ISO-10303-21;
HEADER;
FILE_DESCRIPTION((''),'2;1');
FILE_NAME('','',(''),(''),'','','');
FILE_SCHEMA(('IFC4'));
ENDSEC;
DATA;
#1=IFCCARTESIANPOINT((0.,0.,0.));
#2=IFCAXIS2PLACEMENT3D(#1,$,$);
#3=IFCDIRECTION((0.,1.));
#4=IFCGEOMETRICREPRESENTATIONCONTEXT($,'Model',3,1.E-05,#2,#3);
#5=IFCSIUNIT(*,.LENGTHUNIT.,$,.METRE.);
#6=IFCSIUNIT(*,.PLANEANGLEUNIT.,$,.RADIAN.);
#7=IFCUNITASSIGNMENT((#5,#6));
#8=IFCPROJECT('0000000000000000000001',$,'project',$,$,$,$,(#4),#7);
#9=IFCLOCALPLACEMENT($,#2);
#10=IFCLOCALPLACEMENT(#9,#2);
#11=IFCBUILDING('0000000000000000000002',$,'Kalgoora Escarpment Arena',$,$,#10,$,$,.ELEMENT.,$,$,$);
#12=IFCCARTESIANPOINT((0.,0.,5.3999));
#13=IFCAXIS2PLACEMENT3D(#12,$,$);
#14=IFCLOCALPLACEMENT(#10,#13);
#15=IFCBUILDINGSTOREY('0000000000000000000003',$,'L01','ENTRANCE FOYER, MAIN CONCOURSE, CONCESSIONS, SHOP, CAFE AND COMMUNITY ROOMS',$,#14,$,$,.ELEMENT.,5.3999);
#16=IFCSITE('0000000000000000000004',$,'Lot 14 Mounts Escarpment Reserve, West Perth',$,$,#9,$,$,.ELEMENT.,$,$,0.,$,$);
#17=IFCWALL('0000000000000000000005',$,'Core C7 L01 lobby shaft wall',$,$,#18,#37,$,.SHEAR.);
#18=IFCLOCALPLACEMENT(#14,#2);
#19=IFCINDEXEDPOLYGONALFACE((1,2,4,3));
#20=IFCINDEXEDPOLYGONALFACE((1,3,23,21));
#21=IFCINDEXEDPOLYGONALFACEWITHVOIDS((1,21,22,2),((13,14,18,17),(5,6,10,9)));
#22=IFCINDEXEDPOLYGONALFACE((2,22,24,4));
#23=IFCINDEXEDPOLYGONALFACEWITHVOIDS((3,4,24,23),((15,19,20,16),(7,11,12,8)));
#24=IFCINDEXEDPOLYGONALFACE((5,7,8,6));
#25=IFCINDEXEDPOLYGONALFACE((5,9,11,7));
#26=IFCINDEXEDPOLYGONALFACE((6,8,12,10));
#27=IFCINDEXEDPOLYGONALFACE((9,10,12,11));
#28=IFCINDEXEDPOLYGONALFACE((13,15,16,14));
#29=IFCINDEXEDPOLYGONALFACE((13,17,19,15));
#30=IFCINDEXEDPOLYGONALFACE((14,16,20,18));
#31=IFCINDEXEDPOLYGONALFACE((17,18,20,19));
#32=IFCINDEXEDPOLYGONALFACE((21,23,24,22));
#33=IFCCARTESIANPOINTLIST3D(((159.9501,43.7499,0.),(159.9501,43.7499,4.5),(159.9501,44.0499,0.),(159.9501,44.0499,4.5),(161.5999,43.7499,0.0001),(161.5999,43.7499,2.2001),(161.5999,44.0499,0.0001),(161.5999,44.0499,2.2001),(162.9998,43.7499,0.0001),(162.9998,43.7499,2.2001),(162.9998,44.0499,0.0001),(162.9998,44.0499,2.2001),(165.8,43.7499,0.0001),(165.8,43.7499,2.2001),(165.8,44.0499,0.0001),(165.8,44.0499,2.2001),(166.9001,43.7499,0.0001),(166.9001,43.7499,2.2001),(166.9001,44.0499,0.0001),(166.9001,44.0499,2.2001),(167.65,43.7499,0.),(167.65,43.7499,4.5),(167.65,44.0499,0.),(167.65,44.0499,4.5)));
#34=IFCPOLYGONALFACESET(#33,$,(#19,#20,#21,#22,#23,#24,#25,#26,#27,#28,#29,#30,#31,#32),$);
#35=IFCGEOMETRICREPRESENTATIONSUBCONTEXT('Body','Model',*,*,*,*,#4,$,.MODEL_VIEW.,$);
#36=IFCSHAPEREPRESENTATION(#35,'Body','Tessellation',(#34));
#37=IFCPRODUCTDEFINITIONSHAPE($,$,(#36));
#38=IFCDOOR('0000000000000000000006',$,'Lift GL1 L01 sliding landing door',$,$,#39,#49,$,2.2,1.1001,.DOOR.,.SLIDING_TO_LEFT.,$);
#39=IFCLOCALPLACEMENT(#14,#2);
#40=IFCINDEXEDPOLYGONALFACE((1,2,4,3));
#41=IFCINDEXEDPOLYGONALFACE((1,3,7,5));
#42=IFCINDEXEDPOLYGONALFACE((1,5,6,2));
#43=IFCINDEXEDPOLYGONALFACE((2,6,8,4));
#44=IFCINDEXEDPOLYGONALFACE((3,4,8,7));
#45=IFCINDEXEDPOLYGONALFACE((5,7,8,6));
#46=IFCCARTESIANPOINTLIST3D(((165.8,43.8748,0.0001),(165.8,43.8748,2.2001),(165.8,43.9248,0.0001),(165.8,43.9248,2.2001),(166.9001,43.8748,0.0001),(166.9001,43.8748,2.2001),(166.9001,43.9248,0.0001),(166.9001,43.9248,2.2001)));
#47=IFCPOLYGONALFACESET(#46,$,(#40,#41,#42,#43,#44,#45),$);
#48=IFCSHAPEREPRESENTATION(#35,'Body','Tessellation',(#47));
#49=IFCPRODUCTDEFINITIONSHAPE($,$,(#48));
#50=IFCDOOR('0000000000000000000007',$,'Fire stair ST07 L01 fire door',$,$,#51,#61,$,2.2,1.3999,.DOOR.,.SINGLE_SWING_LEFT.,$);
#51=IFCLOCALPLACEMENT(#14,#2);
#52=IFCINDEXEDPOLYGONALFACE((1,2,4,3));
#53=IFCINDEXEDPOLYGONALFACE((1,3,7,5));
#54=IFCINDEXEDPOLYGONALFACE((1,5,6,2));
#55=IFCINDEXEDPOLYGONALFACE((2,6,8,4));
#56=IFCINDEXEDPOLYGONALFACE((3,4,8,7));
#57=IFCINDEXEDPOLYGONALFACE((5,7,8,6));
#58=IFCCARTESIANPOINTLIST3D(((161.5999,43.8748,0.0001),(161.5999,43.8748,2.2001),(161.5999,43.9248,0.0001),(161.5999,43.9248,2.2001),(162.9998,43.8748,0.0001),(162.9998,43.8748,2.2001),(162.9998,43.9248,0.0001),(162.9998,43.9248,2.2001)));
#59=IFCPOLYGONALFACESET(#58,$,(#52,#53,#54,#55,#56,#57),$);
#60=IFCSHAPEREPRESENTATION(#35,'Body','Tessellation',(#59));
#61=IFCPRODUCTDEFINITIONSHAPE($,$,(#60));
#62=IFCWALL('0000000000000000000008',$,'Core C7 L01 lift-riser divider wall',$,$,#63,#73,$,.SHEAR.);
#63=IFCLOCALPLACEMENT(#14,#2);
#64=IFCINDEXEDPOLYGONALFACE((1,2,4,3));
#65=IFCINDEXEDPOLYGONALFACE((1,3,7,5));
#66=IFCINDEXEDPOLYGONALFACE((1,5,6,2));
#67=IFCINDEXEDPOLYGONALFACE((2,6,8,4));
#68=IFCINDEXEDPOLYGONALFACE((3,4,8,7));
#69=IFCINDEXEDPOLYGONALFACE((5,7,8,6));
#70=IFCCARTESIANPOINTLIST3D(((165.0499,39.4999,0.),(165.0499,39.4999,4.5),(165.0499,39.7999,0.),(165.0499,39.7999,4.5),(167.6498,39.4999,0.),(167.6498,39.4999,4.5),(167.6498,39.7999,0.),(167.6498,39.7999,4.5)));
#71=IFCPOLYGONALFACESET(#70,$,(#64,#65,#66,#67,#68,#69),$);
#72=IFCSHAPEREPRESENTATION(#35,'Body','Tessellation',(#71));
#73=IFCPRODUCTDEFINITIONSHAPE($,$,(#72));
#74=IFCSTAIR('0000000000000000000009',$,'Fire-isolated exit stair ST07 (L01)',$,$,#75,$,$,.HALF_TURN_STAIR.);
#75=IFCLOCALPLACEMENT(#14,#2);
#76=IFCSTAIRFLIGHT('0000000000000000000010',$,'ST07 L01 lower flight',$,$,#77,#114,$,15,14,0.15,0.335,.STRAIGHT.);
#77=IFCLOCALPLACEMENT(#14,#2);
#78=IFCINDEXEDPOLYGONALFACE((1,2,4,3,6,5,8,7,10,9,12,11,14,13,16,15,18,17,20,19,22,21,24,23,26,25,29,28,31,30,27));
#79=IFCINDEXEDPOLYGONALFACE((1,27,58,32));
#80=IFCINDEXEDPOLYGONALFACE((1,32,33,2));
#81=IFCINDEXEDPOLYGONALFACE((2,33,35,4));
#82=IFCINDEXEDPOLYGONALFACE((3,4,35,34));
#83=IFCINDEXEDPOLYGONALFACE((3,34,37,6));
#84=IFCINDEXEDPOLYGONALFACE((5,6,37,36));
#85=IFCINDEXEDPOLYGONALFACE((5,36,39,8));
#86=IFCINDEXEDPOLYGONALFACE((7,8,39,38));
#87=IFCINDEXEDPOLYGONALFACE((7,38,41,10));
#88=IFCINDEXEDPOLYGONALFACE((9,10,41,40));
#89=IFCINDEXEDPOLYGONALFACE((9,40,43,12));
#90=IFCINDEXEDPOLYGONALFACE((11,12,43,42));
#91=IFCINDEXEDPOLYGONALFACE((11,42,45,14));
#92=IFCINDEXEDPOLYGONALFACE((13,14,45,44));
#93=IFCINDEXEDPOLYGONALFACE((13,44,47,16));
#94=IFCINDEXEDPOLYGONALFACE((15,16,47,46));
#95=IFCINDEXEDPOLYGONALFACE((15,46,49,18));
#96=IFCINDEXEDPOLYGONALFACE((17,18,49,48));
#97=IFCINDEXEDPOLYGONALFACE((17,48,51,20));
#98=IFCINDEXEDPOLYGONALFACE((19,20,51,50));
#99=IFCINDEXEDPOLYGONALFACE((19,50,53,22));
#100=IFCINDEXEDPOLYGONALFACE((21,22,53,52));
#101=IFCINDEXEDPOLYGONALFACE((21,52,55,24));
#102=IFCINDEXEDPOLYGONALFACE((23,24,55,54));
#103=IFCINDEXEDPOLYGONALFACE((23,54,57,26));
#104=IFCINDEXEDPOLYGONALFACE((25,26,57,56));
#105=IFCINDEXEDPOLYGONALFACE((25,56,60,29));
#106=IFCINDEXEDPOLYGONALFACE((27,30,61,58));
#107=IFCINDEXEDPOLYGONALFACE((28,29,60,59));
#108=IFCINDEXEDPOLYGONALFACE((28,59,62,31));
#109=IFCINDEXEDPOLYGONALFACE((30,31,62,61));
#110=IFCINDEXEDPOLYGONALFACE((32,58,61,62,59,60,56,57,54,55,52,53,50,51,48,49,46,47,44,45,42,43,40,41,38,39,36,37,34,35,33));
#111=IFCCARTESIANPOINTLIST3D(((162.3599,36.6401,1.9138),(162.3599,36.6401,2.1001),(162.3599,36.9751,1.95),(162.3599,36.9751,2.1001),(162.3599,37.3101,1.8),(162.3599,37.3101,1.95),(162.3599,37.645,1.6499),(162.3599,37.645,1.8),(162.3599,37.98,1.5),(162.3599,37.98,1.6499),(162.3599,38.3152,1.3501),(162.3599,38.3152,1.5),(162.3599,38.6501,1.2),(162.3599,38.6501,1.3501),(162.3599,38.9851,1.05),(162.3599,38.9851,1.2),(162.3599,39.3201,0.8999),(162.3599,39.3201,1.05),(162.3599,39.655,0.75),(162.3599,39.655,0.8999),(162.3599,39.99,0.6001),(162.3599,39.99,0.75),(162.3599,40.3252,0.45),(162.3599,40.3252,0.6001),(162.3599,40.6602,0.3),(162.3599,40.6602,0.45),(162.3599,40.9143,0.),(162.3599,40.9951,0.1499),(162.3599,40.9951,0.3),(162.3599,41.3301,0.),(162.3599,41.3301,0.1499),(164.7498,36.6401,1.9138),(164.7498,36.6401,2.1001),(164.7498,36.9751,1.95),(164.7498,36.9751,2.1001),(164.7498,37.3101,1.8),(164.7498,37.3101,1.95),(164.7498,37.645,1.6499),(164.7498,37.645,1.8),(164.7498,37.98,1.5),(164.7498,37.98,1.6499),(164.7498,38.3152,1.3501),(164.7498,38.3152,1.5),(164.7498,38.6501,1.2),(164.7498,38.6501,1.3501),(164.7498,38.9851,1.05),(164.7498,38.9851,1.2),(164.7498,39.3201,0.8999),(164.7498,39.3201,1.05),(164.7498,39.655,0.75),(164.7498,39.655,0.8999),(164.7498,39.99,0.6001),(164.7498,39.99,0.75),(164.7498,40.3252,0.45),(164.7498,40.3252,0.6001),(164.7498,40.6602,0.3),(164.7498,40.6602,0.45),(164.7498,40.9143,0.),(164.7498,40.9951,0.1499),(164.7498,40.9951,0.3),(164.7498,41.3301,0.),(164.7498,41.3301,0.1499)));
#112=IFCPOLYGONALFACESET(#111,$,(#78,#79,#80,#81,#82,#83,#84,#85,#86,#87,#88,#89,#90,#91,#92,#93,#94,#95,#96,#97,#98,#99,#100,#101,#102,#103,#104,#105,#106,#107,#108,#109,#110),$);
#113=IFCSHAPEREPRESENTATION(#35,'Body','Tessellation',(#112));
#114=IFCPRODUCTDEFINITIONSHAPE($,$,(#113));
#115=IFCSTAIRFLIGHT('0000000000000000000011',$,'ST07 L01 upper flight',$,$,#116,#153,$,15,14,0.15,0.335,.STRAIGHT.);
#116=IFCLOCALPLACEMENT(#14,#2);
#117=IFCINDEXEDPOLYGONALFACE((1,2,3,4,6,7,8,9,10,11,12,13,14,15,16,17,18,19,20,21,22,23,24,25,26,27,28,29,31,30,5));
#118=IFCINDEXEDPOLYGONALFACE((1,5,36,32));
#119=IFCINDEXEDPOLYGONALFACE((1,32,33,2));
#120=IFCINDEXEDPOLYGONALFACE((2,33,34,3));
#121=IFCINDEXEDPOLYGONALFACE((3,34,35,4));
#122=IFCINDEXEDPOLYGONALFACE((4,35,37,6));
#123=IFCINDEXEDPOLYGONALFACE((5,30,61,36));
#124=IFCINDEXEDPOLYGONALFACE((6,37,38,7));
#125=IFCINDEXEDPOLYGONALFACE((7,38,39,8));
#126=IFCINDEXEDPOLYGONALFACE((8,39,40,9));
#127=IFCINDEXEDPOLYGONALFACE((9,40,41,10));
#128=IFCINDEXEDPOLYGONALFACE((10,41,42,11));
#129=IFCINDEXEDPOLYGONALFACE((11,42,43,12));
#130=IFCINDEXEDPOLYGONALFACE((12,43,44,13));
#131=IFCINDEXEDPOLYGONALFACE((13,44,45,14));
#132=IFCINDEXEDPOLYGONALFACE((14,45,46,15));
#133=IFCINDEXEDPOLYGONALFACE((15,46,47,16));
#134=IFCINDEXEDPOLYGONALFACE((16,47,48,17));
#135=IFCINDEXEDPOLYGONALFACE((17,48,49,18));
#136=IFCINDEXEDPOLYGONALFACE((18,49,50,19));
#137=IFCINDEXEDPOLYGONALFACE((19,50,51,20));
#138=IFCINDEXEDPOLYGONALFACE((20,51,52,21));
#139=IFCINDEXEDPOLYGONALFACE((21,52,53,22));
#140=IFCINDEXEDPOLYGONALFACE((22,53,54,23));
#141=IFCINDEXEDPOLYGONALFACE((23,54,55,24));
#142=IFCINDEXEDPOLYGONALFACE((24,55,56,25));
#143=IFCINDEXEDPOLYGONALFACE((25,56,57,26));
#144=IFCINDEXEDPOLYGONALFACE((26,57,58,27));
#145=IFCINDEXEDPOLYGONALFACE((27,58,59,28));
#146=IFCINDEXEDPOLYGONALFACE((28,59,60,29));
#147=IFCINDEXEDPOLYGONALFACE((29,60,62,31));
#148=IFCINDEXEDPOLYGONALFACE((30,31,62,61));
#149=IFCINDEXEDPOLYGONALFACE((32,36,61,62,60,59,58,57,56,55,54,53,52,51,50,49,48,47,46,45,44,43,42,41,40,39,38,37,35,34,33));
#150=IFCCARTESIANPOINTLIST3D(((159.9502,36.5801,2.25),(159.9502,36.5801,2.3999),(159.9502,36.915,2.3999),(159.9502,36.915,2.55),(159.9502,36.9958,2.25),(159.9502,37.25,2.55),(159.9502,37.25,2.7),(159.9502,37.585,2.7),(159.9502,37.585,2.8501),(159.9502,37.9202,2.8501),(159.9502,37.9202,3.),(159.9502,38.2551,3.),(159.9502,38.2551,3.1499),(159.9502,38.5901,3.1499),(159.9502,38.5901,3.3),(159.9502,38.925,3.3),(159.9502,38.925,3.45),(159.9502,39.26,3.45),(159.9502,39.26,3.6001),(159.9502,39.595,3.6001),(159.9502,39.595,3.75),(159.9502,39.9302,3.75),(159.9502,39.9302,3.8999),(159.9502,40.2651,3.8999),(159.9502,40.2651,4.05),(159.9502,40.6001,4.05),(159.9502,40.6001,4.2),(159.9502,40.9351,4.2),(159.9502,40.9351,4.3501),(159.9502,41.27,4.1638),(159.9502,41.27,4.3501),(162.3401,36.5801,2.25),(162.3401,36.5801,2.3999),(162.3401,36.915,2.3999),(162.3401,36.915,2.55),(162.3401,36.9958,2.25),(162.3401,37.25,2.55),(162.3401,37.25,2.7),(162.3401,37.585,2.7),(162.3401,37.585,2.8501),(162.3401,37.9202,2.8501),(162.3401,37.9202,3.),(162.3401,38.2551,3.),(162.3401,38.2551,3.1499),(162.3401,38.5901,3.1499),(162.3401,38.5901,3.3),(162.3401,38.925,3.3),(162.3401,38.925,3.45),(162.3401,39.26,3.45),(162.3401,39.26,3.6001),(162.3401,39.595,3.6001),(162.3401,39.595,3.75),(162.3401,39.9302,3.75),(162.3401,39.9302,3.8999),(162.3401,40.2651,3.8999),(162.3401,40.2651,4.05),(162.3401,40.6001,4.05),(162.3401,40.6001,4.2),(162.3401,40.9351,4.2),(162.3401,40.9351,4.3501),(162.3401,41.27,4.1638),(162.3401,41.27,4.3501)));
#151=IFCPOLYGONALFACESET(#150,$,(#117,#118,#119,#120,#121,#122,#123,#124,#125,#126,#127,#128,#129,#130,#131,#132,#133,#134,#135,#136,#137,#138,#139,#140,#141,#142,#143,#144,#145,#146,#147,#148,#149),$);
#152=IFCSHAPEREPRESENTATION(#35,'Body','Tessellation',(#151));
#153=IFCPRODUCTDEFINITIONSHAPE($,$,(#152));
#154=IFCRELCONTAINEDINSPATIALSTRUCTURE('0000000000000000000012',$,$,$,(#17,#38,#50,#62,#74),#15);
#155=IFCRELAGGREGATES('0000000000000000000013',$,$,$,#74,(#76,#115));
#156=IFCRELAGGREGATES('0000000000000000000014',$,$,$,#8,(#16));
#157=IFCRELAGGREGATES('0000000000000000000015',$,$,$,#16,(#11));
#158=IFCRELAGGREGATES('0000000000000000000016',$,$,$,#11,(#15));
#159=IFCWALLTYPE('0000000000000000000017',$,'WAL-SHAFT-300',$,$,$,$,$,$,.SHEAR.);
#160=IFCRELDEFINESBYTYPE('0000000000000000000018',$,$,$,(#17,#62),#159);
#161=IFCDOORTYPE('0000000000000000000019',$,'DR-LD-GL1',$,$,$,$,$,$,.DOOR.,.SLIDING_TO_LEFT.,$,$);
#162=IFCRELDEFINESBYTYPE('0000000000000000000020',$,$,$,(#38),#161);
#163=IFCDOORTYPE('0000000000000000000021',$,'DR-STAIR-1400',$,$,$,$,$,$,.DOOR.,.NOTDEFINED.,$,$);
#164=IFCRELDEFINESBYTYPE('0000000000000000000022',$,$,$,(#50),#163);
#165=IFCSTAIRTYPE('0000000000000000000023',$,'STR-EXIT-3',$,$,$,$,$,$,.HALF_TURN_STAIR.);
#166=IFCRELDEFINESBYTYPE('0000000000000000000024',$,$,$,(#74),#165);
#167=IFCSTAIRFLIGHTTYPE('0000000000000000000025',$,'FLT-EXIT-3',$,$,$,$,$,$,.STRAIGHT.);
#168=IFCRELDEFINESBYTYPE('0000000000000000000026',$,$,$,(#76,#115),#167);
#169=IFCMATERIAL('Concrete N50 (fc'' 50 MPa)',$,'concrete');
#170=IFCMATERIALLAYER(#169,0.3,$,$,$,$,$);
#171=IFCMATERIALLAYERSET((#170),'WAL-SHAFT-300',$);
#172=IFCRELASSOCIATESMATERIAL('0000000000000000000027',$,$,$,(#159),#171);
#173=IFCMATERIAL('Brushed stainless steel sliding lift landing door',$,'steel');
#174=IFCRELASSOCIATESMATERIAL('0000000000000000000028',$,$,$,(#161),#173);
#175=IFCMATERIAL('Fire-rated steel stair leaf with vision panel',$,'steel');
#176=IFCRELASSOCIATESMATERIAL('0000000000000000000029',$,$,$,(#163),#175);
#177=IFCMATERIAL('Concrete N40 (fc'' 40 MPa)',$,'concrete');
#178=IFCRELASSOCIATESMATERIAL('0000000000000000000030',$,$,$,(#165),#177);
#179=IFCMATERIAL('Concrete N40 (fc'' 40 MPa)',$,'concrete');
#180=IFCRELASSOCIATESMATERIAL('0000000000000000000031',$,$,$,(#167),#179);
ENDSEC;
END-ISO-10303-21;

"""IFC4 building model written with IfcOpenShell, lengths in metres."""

from ifc_helpers import new_model, si_unit, direction, frame, frame_2d, origin, place, context, subcontext, project, spatial, polyline, rectangle, outline, extrude, material, layer, layer_set, type_object, element, fill, aggregate, save


model = new_model("IFC4")

# Units and contexts
model_context = context("Model", 3, precision=1e-05, world=origin(), true_north=direction((0.0, 1.0)))
body_context = subcontext(model_context, "Body", "Model", "MODEL_VIEW")
ifc_project = project(units=[si_unit("LENGTHUNIT", "METRE"), si_unit("PLANEANGLEUNIT", "RADIAN")], contexts=[model_context])

# Site, building, storey
site_placement = place(None, origin())
site = spatial("IfcSite", under=ifc_project, at=site_placement, Name="Lot 14 Mounts Escarpment Reserve, West Perth", CompositionType="ELEMENT", RefElevation=0.0)
building_placement = place(site_placement, origin())
building = spatial("IfcBuilding", under=site, at=building_placement, Name="Kalgoora Escarpment Arena", CompositionType="ELEMENT")
storey_placement = place(building_placement, frame((0.0, 0.0, 5.3999)))
storey = spatial("IfcBuildingStorey", under=building, at=storey_placement, Name="L01", Description="ENTRANCE FOYER, MAIN CONCOURSE, CONCESSIONS, SHOP, CAFE AND COMMUNITY ROOMS", CompositionType="ELEMENT", Elevation=5.3999)

# Wall, openings, doors
ifc_material_1 = material(Name="Concrete N50 (fc' 50 MPa)", Category="concrete")
ifc_layer_1 = layer(ifc_material_1, 0.3)
ifc_layer_set_1 = layer_set([ifc_layer_1], Name="WAL-SHAFT-300")
wall_type_1 = type_object("IfcWallType", Name="WAL-SHAFT-300", PredefinedType="SHEAR", material=ifc_layer_set_1)
wall_1_placement = place(storey_placement, frame((159.95, 43.8999, 0.0), z_axis=(0.0, 0.0, 1.0), x_axis=(1.0, 0.0, 0.0)))
wall_1 = element("IfcWall", 1, at=wall_1_placement, inside=storey, type_object=wall_type_1, Name="Core C7 L01 lobby shaft wall", PredefinedType="SHEAR", context=body_context, shape_type="SweptSolid", body=[
    extrude(rectangle(XDim=7.7, YDim=0.3, at=frame_2d((3.8501, 0.0))), origin(), (0.0, 0.0, 1.0), 4.5),
])
opening_1_placement = place(wall_1_placement, frame((1.6499, 0.0, 0.0)))
opening_1 = element("IfcOpeningElement", 2, at=opening_1_placement, cuts=wall_1, PredefinedType="OPENING", context=body_context, shape_type="SweptSolid", body=[
    extrude(rectangle(XDim=1.3999, YDim=2.2, at=frame_2d((0.7, 1.1001))), frame((0.0, 0.1599, 0.0), z_axis=(0.0, -1.0, 0.0), x_axis=(1.0, 0.0, 0.0)), (0.0, 0.0, 1.0), 0.3201),
])
opening_2_placement = place(wall_1_placement, frame((5.8501, 0.0, 0.0)))
opening_2 = element("IfcOpeningElement", 3, at=opening_2_placement, cuts=wall_1, PredefinedType="OPENING", context=body_context, shape_type="SweptSolid", body=[
    extrude(rectangle(XDim=1.1001, YDim=2.2, at=frame_2d((0.55, 1.1001))), frame((0.0, 0.1599, 0.0), z_axis=(0.0, -1.0, 0.0), x_axis=(1.0, 0.0, 0.0)), (0.0, 0.0, 1.0), 0.3201),
])
ifc_material_2 = material(Name="Brushed stainless steel sliding lift landing door", Category="steel")
door_type_1 = type_object("IfcDoorType", Name="DR-LD-GL1", OperationType="SLIDING_TO_LEFT", PredefinedType="DOOR", material=ifc_material_2)
door_1_placement = place(opening_2_placement, origin())
door_1 = element("IfcDoor", 4, at=door_1_placement, inside=storey, type_object=door_type_1, Name="Lift GL1 L01 sliding landing door", OperationType="SLIDING_TO_LEFT", OverallHeight=2.2, OverallWidth=1.1001, PredefinedType="DOOR", context=body_context, shape_type="SweptSolid", body=[
    extrude(rectangle(XDim=1.1001, YDim=2.2, at=frame_2d((0.55, 1.1001))), frame((0.0, 0.0249, 0.0), z_axis=(0.0, -1.0, 0.0), x_axis=(1.0, 0.0, 0.0)), (0.0, 0.0, 1.0), 0.05),
])
fill(opening_2, door_1)
ifc_material_3 = material(Name="Fire-rated steel stair leaf with vision panel", Category="steel")
door_type_2 = type_object("IfcDoorType", Name="DR-STAIR-1400", OperationType="NOTDEFINED", PredefinedType="DOOR", material=ifc_material_3)
door_2_placement = place(opening_1_placement, origin())
door_2 = element("IfcDoor", 5, at=door_2_placement, inside=storey, type_object=door_type_2, Name="Fire stair ST07 L01 fire door", OperationType="SINGLE_SWING_LEFT", OverallHeight=2.2, OverallWidth=1.3999, PredefinedType="DOOR", context=body_context, shape_type="SweptSolid", body=[
    extrude(rectangle(XDim=1.3999, YDim=2.2, at=frame_2d((0.7, 1.1001))), frame((0.0, 0.0249, 0.0), z_axis=(0.0, -1.0, 0.0), x_axis=(1.0, 0.0, 0.0)), (0.0, 0.0, 1.0), 0.05),
])
fill(opening_1, door_2)

# Wall
wall_2_placement = place(storey_placement, frame((165.05, 39.6499, 0.0), z_axis=(0.0, 0.0, 1.0), x_axis=(1.0, 0.0, 0.0)))
element("IfcWall", 6, at=wall_2_placement, inside=storey, type_object=wall_type_1, Name="Core C7 L01 lift-riser divider wall", PredefinedType="SHEAR", context=body_context, shape_type="SweptSolid", body=[
    extrude(rectangle(XDim=2.5999, YDim=0.3, at=frame_2d((1.2998, 0.0))), origin(), (0.0, 0.0, 1.0), 4.5),
])

# Stair, stair flights
ifc_material_4 = material(Name="Concrete N40 (fc' 40 MPa)", Category="concrete")
stair_type_1 = type_object("IfcStairType", Name="STR-EXIT-3", PredefinedType="HALF_TURN_STAIR", material=ifc_material_4)
stair_1_placement = place(storey_placement, origin())
stair_1 = element("IfcStair", 7, at=stair_1_placement, inside=storey, type_object=stair_type_1, Name="Fire-isolated exit stair ST07 (L01)", PredefinedType="HALF_TURN_STAIR")
ifc_material_5 = material(Name="Concrete N40 (fc' 40 MPa)", Category="concrete")
stair_flight_type_1 = type_object("IfcStairFlightType", Name="FLT-EXIT-3", PredefinedType="STRAIGHT", material=ifc_material_5)
stair_flight_1_placement = place(storey_placement, frame((163.5549, 41.3301, 0.0), z_axis=(0.0, 0.0, 1.0), x_axis=(0.0, -1.0, 0.0)))
stair_flight_1 = element("IfcStairFlight", 8, at=stair_flight_1_placement, type_object=stair_flight_type_1, Name="ST07 L01 lower flight", NumberOfRisers=15, NumberOfTreads=14, PredefinedType="STRAIGHT", RiserHeight=0.15, TreadLength=0.335, context=body_context, shape_type="SweptSolid", body=[
    extrude(outline(polyline([(0.0, 0.0), (0.0, 0.1499), (0.335, 0.1499), (0.335, 0.3), (0.6699, 0.3), (0.6699, 0.45), (1.0049, 0.45), (1.0049, 0.6001), (1.3401, 0.6001), (1.3401, 0.75), (1.675, 0.75), (1.675, 0.8999), (2.01, 0.8999), (2.01, 1.05), (2.345, 1.05), (2.345, 1.2), (2.6799, 1.2), (2.6799, 1.3501), (3.0149, 1.3501), (3.0149, 1.5), (3.3501, 1.5), (3.3501, 1.6499), (3.6851, 1.6499), (3.6851, 1.8), (4.02, 1.8), (4.02, 1.95), (4.355, 1.95), (4.355, 2.1001), (4.6899, 2.1001), (4.6899, 2.25), (4.6899, 1.9138), (0.4158, 0.0), (0.0, 0.0)])), frame((0.0, 1.1948, 0.0), z_axis=(0.0, -1.0, 0.0), x_axis=(1.0, 0.0, 0.0)), (0.0, 0.0, 1.0), 2.3899),
])
stair_flight_2_placement = place(storey_placement, frame((161.145, 36.5801, 2.25), z_axis=(0.0, 0.0, 1.0), x_axis=(0.0, 1.0, 0.0)))
stair_flight_2 = element("IfcStairFlight", 9, at=stair_flight_2_placement, type_object=stair_flight_type_1, Name="ST07 L01 upper flight", NumberOfRisers=15, NumberOfTreads=14, PredefinedType="STRAIGHT", RiserHeight=0.15, TreadLength=0.335, context=body_context, shape_type="SweptSolid", body=[
    extrude(outline(polyline([(0.0, 0.0), (0.0, 0.1499), (0.335, 0.1499), (0.335, 0.3), (0.6699, 0.3), (0.6699, 0.45), (1.0049, 0.45), (1.0049, 0.6001), (1.3401, 0.6001), (1.3401, 0.75), (1.675, 0.75), (1.675, 0.8999), (2.01, 0.8999), (2.01, 1.05), (2.345, 1.05), (2.345, 1.2), (2.6799, 1.2), (2.6799, 1.3501), (3.0149, 1.3501), (3.0149, 1.5), (3.3501, 1.5), (3.3501, 1.6499), (3.6851, 1.6499), (3.6851, 1.8), (4.02, 1.8), (4.02, 1.95), (4.355, 1.95), (4.355, 2.1001), (4.6899, 2.1001), (4.6899, 2.25), (4.6899, 1.9138), (0.4158, 0.0), (0.0, 0.0)])), frame((0.0, 1.1948, 0.0), z_axis=(0.0, -1.0, 0.0), x_axis=(1.0, 0.0, 0.0)), (0.0, 0.0, 1.0), 2.3899),
])
aggregate(stair_1, [stair_flight_1, stair_flight_2])

save(model, "model.ifc")
